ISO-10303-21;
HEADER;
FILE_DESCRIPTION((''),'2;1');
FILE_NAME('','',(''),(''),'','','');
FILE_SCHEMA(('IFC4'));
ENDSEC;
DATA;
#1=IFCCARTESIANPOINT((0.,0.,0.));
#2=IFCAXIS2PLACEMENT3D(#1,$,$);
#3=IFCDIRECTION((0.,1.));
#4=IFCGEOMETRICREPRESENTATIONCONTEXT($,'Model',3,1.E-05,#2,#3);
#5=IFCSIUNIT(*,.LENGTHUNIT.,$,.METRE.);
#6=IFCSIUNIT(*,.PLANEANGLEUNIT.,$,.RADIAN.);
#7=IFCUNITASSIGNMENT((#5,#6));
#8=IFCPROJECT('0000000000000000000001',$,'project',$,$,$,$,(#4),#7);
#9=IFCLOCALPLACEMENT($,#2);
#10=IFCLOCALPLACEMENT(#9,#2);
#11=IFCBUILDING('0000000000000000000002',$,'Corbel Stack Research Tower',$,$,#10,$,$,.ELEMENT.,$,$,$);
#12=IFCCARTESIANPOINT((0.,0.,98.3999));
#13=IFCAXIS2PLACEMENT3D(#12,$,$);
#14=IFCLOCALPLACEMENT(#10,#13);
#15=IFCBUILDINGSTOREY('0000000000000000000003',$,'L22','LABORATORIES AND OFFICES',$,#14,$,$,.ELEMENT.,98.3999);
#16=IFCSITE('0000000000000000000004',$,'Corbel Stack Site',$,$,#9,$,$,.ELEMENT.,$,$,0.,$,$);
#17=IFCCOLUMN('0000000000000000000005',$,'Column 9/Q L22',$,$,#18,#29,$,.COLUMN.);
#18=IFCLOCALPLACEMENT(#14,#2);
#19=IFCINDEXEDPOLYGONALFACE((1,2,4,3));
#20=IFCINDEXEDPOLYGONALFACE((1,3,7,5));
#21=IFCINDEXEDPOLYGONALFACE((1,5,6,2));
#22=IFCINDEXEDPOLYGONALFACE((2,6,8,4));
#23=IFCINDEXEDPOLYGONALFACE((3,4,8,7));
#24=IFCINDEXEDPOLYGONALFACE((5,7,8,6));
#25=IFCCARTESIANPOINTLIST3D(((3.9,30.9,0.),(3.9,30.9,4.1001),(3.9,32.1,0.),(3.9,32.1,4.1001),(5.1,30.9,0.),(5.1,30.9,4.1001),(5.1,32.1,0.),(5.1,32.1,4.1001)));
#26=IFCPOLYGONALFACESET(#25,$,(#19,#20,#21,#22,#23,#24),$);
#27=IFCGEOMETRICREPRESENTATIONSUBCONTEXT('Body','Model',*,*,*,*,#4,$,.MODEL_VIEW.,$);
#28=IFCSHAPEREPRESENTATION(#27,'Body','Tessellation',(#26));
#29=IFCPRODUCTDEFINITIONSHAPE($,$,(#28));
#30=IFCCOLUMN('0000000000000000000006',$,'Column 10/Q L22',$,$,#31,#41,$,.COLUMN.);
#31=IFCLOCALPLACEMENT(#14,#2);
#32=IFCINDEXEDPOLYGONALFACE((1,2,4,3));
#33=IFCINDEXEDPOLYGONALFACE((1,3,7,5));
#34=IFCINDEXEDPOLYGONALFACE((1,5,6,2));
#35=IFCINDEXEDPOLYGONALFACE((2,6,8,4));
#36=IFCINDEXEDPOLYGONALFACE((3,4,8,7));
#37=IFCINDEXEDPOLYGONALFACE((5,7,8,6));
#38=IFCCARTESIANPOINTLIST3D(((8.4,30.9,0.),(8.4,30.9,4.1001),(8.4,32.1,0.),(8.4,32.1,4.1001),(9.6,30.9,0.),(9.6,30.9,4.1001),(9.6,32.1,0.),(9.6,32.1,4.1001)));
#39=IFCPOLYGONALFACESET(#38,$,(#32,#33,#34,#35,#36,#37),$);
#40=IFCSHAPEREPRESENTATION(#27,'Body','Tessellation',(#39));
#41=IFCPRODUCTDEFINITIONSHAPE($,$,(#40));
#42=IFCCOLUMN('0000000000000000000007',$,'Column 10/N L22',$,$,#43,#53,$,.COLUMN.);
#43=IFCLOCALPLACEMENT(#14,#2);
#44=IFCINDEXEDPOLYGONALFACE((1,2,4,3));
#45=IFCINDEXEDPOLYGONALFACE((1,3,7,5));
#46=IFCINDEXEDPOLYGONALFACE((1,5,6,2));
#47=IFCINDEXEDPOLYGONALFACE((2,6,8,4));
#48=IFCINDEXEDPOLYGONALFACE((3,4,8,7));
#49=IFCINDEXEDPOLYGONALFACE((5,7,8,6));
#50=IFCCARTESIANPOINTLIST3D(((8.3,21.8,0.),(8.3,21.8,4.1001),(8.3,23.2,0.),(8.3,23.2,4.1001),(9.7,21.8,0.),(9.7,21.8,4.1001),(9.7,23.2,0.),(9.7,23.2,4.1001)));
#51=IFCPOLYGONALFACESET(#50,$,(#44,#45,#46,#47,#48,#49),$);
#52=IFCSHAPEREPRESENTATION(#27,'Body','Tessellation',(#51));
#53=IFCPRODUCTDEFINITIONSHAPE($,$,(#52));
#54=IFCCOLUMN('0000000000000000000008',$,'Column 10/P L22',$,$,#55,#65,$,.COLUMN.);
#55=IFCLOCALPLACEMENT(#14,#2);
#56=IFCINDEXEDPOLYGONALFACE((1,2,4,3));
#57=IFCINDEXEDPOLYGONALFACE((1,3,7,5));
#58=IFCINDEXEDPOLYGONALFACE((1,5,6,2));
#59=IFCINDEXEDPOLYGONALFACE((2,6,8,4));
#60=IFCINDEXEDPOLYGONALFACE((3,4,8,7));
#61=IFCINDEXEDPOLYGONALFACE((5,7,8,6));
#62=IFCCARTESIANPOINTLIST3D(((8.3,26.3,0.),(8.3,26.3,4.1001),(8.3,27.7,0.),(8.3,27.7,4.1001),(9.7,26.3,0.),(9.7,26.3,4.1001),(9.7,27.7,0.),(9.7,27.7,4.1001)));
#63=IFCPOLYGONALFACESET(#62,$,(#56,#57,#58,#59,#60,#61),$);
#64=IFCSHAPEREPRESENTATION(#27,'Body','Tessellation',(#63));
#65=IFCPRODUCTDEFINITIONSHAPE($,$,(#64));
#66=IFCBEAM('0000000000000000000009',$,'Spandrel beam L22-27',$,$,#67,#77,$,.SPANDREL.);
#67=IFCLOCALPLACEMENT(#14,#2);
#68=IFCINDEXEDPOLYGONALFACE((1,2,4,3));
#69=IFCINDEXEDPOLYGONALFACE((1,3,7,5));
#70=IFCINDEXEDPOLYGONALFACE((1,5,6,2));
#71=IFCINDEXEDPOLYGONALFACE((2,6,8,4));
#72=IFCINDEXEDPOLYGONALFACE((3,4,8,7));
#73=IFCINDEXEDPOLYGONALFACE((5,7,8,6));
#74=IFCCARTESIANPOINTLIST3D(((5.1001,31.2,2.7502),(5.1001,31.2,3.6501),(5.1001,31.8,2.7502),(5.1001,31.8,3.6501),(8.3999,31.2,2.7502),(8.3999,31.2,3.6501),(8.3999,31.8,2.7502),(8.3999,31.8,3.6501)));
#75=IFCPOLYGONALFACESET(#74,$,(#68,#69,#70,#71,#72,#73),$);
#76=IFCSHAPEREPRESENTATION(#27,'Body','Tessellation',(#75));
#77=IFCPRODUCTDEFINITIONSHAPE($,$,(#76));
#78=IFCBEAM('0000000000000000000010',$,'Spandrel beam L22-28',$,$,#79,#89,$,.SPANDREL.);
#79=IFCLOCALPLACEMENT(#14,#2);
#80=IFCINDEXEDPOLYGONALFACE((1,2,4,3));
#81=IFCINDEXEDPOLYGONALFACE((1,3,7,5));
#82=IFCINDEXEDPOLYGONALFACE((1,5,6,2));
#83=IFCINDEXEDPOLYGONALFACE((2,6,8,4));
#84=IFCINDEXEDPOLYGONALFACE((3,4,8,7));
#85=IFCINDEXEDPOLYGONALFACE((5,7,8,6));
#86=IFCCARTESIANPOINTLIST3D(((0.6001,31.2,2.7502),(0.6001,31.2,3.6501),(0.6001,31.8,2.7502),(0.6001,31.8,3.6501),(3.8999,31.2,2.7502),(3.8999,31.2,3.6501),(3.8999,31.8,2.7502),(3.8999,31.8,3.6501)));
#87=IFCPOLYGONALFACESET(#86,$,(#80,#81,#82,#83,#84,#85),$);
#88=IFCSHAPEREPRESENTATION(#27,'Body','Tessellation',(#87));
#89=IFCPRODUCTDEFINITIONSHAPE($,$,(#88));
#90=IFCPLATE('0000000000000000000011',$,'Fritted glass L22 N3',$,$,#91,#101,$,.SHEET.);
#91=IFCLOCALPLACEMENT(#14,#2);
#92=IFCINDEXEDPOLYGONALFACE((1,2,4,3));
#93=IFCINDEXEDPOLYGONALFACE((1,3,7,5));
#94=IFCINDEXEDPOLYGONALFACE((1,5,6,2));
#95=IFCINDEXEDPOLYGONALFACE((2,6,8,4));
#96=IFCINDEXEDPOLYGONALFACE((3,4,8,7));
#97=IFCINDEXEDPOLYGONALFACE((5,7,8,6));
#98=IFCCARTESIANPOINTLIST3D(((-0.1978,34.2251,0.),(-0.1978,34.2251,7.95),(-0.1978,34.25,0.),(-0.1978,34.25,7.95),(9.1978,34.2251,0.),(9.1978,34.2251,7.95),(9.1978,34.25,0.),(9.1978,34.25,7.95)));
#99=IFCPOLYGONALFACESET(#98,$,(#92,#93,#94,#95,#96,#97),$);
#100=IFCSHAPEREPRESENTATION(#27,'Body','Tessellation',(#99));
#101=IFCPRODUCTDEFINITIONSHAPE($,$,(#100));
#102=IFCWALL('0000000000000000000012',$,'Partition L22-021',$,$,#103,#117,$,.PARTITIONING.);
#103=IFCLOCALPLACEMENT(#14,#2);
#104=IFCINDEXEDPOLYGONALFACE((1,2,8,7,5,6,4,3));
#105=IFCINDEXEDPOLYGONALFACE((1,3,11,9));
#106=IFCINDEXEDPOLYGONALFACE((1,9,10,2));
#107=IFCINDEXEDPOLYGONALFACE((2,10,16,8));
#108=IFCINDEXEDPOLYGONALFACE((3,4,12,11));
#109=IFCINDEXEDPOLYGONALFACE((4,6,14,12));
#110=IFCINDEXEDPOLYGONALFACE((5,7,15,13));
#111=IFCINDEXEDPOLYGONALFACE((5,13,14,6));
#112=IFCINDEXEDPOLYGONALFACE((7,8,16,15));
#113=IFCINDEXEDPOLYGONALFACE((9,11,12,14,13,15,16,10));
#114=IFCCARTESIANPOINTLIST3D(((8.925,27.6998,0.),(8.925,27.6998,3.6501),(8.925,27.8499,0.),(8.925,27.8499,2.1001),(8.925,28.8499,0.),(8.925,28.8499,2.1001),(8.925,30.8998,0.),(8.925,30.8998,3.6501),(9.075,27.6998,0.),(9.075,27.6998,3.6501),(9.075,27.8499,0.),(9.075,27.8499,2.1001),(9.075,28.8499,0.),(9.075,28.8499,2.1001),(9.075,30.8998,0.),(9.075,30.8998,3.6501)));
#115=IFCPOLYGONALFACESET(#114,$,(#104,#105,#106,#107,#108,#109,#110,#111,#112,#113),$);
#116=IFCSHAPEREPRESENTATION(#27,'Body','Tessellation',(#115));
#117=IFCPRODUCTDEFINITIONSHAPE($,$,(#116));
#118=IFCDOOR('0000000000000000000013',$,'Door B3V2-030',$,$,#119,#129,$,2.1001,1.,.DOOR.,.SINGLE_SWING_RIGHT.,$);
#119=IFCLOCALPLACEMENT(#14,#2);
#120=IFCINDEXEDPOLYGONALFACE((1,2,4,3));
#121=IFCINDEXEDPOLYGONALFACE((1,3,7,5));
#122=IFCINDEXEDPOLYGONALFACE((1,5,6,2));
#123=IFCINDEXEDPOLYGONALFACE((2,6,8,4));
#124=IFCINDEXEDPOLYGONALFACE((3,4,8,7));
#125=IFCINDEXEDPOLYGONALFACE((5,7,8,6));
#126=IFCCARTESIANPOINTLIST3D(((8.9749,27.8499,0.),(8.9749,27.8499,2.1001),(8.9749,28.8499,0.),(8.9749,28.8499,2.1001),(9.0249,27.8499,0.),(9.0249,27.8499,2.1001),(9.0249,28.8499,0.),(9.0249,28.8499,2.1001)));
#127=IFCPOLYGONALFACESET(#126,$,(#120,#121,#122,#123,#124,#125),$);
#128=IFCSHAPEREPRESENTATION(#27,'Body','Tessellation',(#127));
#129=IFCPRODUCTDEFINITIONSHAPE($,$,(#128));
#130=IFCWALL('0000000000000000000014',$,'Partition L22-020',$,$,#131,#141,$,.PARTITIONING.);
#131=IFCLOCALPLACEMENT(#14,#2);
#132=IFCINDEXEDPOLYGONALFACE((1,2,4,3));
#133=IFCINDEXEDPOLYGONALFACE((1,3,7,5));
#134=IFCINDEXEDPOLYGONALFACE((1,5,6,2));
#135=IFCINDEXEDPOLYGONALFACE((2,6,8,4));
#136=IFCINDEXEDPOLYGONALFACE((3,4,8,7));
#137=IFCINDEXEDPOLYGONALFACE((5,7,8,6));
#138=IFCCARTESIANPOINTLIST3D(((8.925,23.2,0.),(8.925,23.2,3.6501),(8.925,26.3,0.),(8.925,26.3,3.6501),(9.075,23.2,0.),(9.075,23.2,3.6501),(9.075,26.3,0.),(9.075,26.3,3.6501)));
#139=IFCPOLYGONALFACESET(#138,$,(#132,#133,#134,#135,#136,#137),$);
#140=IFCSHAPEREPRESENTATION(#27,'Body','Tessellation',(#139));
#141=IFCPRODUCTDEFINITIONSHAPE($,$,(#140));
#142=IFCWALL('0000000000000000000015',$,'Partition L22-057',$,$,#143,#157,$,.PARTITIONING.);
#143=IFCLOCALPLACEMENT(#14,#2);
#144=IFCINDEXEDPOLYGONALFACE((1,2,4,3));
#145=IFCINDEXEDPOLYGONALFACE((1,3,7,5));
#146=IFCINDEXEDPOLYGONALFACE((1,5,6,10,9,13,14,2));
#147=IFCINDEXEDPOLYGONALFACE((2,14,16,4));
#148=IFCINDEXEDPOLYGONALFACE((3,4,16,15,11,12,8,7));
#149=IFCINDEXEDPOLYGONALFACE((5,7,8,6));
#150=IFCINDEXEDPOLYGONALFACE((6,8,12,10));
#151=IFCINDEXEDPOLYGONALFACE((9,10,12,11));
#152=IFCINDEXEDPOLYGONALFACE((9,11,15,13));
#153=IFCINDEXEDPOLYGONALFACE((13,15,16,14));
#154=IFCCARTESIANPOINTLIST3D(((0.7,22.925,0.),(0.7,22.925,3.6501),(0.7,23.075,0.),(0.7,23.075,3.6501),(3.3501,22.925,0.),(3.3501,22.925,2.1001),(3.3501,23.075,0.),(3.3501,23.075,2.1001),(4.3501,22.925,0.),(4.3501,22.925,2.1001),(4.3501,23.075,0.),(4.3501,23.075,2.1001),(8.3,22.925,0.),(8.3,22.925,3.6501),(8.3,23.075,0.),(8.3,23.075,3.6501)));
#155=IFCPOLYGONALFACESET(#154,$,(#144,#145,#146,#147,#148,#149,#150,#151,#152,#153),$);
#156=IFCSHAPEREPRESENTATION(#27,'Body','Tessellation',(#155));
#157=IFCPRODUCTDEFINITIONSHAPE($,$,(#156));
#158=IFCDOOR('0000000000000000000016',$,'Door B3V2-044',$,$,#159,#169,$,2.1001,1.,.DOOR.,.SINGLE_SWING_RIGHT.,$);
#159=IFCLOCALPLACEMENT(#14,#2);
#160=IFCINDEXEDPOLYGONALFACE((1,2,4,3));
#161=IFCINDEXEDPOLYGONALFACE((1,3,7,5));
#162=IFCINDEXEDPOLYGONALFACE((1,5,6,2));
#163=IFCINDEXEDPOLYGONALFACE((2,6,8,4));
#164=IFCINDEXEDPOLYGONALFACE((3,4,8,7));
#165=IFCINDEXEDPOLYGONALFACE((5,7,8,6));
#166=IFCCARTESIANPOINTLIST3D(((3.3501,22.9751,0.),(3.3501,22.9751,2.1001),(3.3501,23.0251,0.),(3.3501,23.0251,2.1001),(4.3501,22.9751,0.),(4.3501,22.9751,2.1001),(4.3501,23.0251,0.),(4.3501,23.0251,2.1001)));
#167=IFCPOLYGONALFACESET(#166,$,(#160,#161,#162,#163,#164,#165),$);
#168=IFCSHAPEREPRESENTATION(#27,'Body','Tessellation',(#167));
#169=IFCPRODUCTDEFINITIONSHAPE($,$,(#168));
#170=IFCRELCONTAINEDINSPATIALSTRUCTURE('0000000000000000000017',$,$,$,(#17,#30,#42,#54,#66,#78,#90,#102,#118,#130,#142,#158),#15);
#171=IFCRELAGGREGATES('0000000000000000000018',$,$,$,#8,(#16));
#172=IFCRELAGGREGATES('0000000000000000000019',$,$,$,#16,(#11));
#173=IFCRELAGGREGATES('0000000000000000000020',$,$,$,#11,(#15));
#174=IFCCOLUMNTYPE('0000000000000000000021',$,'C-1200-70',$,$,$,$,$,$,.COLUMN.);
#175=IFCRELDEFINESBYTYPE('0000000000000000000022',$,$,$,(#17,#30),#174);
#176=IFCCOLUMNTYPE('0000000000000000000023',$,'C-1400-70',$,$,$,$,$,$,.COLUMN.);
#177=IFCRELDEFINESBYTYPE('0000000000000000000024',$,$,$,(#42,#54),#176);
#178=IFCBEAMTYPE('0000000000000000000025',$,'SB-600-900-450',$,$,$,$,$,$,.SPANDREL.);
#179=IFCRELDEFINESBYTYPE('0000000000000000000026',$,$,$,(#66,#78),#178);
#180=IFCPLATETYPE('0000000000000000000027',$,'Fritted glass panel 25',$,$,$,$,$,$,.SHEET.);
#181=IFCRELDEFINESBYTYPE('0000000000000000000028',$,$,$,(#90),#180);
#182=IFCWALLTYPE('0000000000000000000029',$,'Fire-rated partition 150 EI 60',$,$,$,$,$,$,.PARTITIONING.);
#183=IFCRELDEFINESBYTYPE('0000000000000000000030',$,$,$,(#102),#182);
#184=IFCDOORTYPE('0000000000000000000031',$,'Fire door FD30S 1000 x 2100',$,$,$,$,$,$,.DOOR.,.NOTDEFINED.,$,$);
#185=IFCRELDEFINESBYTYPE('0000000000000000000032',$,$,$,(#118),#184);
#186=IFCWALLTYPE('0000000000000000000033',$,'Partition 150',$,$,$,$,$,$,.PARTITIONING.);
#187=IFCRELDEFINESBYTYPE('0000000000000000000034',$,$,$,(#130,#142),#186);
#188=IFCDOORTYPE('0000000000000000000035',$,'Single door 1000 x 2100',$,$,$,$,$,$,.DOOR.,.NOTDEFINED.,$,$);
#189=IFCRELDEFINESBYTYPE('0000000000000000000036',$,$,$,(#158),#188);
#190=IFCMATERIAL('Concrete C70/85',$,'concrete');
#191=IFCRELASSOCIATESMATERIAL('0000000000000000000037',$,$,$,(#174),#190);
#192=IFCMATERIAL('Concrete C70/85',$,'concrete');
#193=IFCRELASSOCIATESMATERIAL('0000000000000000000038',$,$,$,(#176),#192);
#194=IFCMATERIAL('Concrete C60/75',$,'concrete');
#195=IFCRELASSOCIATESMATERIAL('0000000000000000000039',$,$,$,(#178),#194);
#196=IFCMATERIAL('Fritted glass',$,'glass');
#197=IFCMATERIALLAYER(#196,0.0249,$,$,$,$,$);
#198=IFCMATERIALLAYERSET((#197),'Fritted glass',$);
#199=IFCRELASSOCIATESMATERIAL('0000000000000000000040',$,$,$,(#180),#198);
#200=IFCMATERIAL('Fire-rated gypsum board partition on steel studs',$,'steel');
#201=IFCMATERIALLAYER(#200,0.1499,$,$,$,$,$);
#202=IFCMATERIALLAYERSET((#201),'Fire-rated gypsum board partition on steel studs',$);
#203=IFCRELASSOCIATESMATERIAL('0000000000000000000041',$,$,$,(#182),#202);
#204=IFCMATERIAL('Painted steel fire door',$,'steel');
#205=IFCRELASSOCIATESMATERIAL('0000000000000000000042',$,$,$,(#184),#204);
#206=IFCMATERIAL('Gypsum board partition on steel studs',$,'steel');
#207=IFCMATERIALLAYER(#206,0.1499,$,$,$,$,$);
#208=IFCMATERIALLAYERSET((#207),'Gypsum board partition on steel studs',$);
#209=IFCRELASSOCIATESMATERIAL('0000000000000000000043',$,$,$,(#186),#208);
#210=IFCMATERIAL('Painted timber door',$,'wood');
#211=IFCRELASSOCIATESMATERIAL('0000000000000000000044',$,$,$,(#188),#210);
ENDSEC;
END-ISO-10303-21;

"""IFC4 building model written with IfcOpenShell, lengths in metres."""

from ifc_helpers import new_model, si_unit, direction, frame, frame_2d, origin, origin_2d, place, context, subcontext, project, spatial, rectangle, extrude, material, layer, layer_set, material_profile, profile_set, type_object, element, fill, save


model = new_model("IFC4")

# Units and contexts
model_context = context("Model", 3, precision=1e-05, world=origin(), true_north=direction((0.0, 1.0)))
body_context = subcontext(model_context, "Body", "Model", "MODEL_VIEW")
ifc_project = project(units=[si_unit("LENGTHUNIT", "METRE"), si_unit("PLANEANGLEUNIT", "RADIAN")], contexts=[model_context])

# Site, building, storey
site_placement = place(None, origin())
site = spatial("IfcSite", under=ifc_project, at=site_placement, Name="Corbel Stack Site", CompositionType="ELEMENT", RefElevation=0.0)
building_placement = place(site_placement, origin())
building = spatial("IfcBuilding", under=site, at=building_placement, Name="Corbel Stack Research Tower", CompositionType="ELEMENT")
storey_placement = place(building_placement, frame((0.0, 0.0, 98.3999)))
storey = spatial("IfcBuildingStorey", under=building, at=storey_placement, Name="L22", Description="LABORATORIES AND OFFICES", CompositionType="ELEMENT", Elevation=98.3999)

# Columns
ifc_material_1 = material(Name="Concrete C70/85", Category="concrete")
ifc_material_profile_1 = material_profile(ifc_material_1, rectangle(XDim=1.2, YDim=1.2, at=origin_2d()), Name="RC 1200 x 1200")
ifc_profile_set_1 = profile_set([ifc_material_profile_1], Name="Concrete C70/85")
column_type_1 = type_object("IfcColumnType", Name="C-1200-70", PredefinedType="COLUMN", material=ifc_profile_set_1)
for number, where, z_axis, x_axis, name in (
    (1, (4.5, 31.5, 0.0), (0.0, 0.0, 1.0), (1.0, 0.0, 0.0), "Column 9/Q L22"),
    (2, (9.0, 31.5, 0.0), (0.0, 0.0, 1.0), (1.0, 0.0, 0.0), "Column 10/Q L22"),
):
    element("IfcColumn", number, at=place(storey_placement, frame(where, z_axis=z_axis, x_axis=x_axis)), inside=storey, type_object=column_type_1, Name=name, PredefinedType="COLUMN", context=body_context, shape_type="SweptSolid", body=[
        extrude(rectangle(XDim=1.2, YDim=1.2, at=origin_2d()), origin(), (0.0, 0.0, 1.0), 4.1001),
    ])
ifc_material_2 = material(Name="Concrete C70/85", Category="concrete")
ifc_material_profile_2 = material_profile(ifc_material_2, rectangle(XDim=1.3999, YDim=1.3999, at=origin_2d()), Name="RC 1400 x 1400")
ifc_profile_set_2 = profile_set([ifc_material_profile_2], Name="Concrete C70/85")
column_type_2 = type_object("IfcColumnType", Name="C-1400-70", PredefinedType="COLUMN", material=ifc_profile_set_2)
for number, where, z_axis, x_axis, name in (
    (3, (9.0, 22.5, 0.0), (0.0, 0.0, 1.0), (1.0, 0.0, 0.0), "Column 10/N L22"),
    (4, (9.0, 27.0, 0.0), (0.0, 0.0, 1.0), (1.0, 0.0, 0.0), "Column 10/P L22"),
):
    element("IfcColumn", number, at=place(storey_placement, frame(where, z_axis=z_axis, x_axis=x_axis)), inside=storey, type_object=column_type_2, Name=name, PredefinedType="COLUMN", context=body_context, shape_type="SweptSolid", body=[
        extrude(rectangle(XDim=1.3999, YDim=1.3999, at=origin_2d()), origin(), (0.0, 0.0, 1.0), 4.1001),
    ])

# Beams
ifc_material_3 = material(Name="Concrete C60/75", Category="concrete")
ifc_material_profile_3 = material_profile(ifc_material_3, rectangle(XDim=0.6001, YDim=0.8999, at=origin_2d()), Name="RC 600 x 900")
ifc_profile_set_3 = profile_set([ifc_material_profile_3], Name="Concrete C60/75")
beam_type = type_object("IfcBeamType", Name="SB-600-900-450", PredefinedType="SPANDREL", material=ifc_profile_set_3)
for number, where, z_axis, x_axis, name in (
    (5, (8.3999, 31.5, 3.2002), (-1.0, 0.0, 0.0), (0.0, -1.0, 0.0), "Spandrel beam L22-27"),
    (6, (3.8999, 31.5, 3.2002), (-1.0, 0.0, 0.0), (0.0, -1.0, 0.0), "Spandrel beam L22-28"),
):
    element("IfcBeam", number, at=place(storey_placement, frame(where, z_axis=z_axis, x_axis=x_axis)), inside=storey, type_object=beam_type, Name=name, PredefinedType="SPANDREL", context=body_context, shape_type="SweptSolid", body=[
        extrude(rectangle(XDim=0.6001, YDim=0.8999, at=origin_2d()), origin(), (0.0, 0.0, 1.0), 3.2998),
    ])

# Plate
ifc_material_4 = material(Name="Fritted glass", Category="glass")
ifc_layer_1 = layer(ifc_material_4, 0.0249)
ifc_layer_set_1 = layer_set([ifc_layer_1], Name="Fritted glass")
plate_type = type_object("IfcPlateType", Name="Fritted glass panel 25", PredefinedType="SHEET", material=ifc_layer_set_1)
plate_placement = place(storey_placement, frame((4.5, 34.2375, 0.0), z_axis=(0.0, 0.0, 1.0), x_axis=(-1.0, 0.0, 0.0)))
element("IfcPlate", 7, at=plate_placement, inside=storey, type_object=plate_type, Name="Fritted glass L22 N3", PredefinedType="SHEET", context=body_context, shape_type="SweptSolid", body=[
    extrude(rectangle(XDim=9.3955, YDim=0.0249, at=origin_2d()), origin(), (0.0, 0.0, 1.0), 7.95),
])

# Wall, opening, door
ifc_material_5 = material(Name="Fire-rated gypsum board partition on steel studs", Category="steel")
ifc_layer_2 = layer(ifc_material_5, 0.1499)
ifc_layer_set_2 = layer_set([ifc_layer_2], Name="Fire-rated gypsum board partition on steel studs")
wall_type_1 = type_object("IfcWallType", Name="Fire-rated partition 150 EI 60", PredefinedType="PARTITIONING", material=ifc_layer_set_2)
wall_1_placement = place(storey_placement, frame((9.0, 30.8999, 0.0), z_axis=(0.0, 0.0, 1.0), x_axis=(0.0, -1.0, 0.0)))
wall_1 = element("IfcWall", 8, at=wall_1_placement, inside=storey, type_object=wall_type_1, Name="Partition L22-021", PredefinedType="PARTITIONING", context=body_context, shape_type="SweptSolid", body=[
    extrude(rectangle(XDim=3.2, YDim=0.1499, at=frame_2d((1.6001, 0.0))), origin(), (0.0, 0.0, 1.0), 3.6501),
])
opening_1_placement = place(wall_1_placement, frame((2.05, 0.0, 0.0)))
opening_1 = element("IfcOpeningElement", 9, at=opening_1_placement, cuts=wall_1, PredefinedType="OPENING", context=body_context, shape_type="SweptSolid", body=[
    extrude(rectangle(XDim=1.0, YDim=2.1001, at=frame_2d((0.5, 1.05))), frame((0.0, 0.085, 0.0), z_axis=(0.0, -1.0, 0.0), x_axis=(1.0, 0.0, 0.0)), (0.0, 0.0, 1.0), 0.1699),
])
ifc_material_6 = material(Name="Painted steel fire door", Category="steel")
door_type_1 = type_object("IfcDoorType", Name="Fire door FD30S 1000 x 2100", OperationType="NOTDEFINED", PredefinedType="DOOR", material=ifc_material_6)
door_1_placement = place(opening_1_placement, origin())
door_1 = element("IfcDoor", 10, at=door_1_placement, inside=storey, type_object=door_type_1, Name="Door B3V2-030", OperationType="SINGLE_SWING_RIGHT", OverallHeight=2.1001, OverallWidth=1.0, PredefinedType="DOOR", context=body_context, shape_type="SweptSolid", body=[
    extrude(rectangle(XDim=1.0, YDim=2.1001, at=frame_2d((0.5, 1.05))), frame((0.0, 0.0249, 0.0), z_axis=(0.0, -1.0, 0.0), x_axis=(1.0, 0.0, 0.0)), (0.0, 0.0, 1.0), 0.05),
])
fill(opening_1, door_1)

# Wall
ifc_material_7 = material(Name="Gypsum board partition on steel studs", Category="steel")
ifc_layer_3 = layer(ifc_material_7, 0.1499)
ifc_layer_set_3 = layer_set([ifc_layer_3], Name="Gypsum board partition on steel studs")
wall_type_2 = type_object("IfcWallType", Name="Partition 150", PredefinedType="PARTITIONING", material=ifc_layer_set_3)
wall_2_placement = place(storey_placement, frame((9.0, 23.2, 0.0), z_axis=(0.0, 0.0, 1.0), x_axis=(0.0, 1.0, 0.0)))
element("IfcWall", 11, at=wall_2_placement, inside=storey, type_object=wall_type_2, Name="Partition L22-020", PredefinedType="PARTITIONING", context=body_context, shape_type="SweptSolid", body=[
    extrude(rectangle(XDim=3.1001, YDim=0.1499, at=frame_2d((1.55, 0.0))), origin(), (0.0, 0.0, 1.0), 3.6501),
])

# Wall, opening, door
wall_3_placement = place(storey_placement, frame((8.3, 23.0, 0.0), z_axis=(0.0, 0.0, 1.0), x_axis=(-1.0, 0.0, 0.0)))
wall_3 = element("IfcWall", 12, at=wall_3_placement, inside=storey, type_object=wall_type_2, Name="Partition L22-057", PredefinedType="PARTITIONING", context=body_context, shape_type="SweptSolid", body=[
    extrude(rectangle(XDim=7.6001, YDim=0.1499, at=frame_2d((3.8, 0.0))), origin(), (0.0, 0.0, 1.0), 3.6501),
])
opening_2_placement = place(wall_3_placement, frame((3.95, 0.0, 0.0)))
opening_2 = element("IfcOpeningElement", 13, at=opening_2_placement, cuts=wall_3, PredefinedType="OPENING", context=body_context, shape_type="SweptSolid", body=[
    extrude(rectangle(XDim=1.0, YDim=2.1001, at=frame_2d((0.5, 1.05))), frame((0.0, 0.085, 0.0), z_axis=(0.0, -1.0, 0.0), x_axis=(1.0, 0.0, 0.0)), (0.0, 0.0, 1.0), 0.1699),
])
ifc_material_8 = material(Name="Painted timber door", Category="wood")
door_type_2 = type_object("IfcDoorType", Name="Single door 1000 x 2100", OperationType="NOTDEFINED", PredefinedType="DOOR", material=ifc_material_8)
door_2_placement = place(opening_2_placement, origin())
door_2 = element("IfcDoor", 14, at=door_2_placement, inside=storey, type_object=door_type_2, Name="Door B3V2-044", OperationType="SINGLE_SWING_RIGHT", OverallHeight=2.1001, OverallWidth=1.0, PredefinedType="DOOR", context=body_context, shape_type="SweptSolid", body=[
    extrude(rectangle(XDim=1.0, YDim=2.1001, at=frame_2d((0.5, 1.05))), frame((0.0, 0.0249, 0.0), z_axis=(0.0, -1.0, 0.0), x_axis=(1.0, 0.0, 0.0)), (0.0, 0.0, 1.0), 0.05),
])
fill(opening_2, door_2)

save(model, "model.ifc")
